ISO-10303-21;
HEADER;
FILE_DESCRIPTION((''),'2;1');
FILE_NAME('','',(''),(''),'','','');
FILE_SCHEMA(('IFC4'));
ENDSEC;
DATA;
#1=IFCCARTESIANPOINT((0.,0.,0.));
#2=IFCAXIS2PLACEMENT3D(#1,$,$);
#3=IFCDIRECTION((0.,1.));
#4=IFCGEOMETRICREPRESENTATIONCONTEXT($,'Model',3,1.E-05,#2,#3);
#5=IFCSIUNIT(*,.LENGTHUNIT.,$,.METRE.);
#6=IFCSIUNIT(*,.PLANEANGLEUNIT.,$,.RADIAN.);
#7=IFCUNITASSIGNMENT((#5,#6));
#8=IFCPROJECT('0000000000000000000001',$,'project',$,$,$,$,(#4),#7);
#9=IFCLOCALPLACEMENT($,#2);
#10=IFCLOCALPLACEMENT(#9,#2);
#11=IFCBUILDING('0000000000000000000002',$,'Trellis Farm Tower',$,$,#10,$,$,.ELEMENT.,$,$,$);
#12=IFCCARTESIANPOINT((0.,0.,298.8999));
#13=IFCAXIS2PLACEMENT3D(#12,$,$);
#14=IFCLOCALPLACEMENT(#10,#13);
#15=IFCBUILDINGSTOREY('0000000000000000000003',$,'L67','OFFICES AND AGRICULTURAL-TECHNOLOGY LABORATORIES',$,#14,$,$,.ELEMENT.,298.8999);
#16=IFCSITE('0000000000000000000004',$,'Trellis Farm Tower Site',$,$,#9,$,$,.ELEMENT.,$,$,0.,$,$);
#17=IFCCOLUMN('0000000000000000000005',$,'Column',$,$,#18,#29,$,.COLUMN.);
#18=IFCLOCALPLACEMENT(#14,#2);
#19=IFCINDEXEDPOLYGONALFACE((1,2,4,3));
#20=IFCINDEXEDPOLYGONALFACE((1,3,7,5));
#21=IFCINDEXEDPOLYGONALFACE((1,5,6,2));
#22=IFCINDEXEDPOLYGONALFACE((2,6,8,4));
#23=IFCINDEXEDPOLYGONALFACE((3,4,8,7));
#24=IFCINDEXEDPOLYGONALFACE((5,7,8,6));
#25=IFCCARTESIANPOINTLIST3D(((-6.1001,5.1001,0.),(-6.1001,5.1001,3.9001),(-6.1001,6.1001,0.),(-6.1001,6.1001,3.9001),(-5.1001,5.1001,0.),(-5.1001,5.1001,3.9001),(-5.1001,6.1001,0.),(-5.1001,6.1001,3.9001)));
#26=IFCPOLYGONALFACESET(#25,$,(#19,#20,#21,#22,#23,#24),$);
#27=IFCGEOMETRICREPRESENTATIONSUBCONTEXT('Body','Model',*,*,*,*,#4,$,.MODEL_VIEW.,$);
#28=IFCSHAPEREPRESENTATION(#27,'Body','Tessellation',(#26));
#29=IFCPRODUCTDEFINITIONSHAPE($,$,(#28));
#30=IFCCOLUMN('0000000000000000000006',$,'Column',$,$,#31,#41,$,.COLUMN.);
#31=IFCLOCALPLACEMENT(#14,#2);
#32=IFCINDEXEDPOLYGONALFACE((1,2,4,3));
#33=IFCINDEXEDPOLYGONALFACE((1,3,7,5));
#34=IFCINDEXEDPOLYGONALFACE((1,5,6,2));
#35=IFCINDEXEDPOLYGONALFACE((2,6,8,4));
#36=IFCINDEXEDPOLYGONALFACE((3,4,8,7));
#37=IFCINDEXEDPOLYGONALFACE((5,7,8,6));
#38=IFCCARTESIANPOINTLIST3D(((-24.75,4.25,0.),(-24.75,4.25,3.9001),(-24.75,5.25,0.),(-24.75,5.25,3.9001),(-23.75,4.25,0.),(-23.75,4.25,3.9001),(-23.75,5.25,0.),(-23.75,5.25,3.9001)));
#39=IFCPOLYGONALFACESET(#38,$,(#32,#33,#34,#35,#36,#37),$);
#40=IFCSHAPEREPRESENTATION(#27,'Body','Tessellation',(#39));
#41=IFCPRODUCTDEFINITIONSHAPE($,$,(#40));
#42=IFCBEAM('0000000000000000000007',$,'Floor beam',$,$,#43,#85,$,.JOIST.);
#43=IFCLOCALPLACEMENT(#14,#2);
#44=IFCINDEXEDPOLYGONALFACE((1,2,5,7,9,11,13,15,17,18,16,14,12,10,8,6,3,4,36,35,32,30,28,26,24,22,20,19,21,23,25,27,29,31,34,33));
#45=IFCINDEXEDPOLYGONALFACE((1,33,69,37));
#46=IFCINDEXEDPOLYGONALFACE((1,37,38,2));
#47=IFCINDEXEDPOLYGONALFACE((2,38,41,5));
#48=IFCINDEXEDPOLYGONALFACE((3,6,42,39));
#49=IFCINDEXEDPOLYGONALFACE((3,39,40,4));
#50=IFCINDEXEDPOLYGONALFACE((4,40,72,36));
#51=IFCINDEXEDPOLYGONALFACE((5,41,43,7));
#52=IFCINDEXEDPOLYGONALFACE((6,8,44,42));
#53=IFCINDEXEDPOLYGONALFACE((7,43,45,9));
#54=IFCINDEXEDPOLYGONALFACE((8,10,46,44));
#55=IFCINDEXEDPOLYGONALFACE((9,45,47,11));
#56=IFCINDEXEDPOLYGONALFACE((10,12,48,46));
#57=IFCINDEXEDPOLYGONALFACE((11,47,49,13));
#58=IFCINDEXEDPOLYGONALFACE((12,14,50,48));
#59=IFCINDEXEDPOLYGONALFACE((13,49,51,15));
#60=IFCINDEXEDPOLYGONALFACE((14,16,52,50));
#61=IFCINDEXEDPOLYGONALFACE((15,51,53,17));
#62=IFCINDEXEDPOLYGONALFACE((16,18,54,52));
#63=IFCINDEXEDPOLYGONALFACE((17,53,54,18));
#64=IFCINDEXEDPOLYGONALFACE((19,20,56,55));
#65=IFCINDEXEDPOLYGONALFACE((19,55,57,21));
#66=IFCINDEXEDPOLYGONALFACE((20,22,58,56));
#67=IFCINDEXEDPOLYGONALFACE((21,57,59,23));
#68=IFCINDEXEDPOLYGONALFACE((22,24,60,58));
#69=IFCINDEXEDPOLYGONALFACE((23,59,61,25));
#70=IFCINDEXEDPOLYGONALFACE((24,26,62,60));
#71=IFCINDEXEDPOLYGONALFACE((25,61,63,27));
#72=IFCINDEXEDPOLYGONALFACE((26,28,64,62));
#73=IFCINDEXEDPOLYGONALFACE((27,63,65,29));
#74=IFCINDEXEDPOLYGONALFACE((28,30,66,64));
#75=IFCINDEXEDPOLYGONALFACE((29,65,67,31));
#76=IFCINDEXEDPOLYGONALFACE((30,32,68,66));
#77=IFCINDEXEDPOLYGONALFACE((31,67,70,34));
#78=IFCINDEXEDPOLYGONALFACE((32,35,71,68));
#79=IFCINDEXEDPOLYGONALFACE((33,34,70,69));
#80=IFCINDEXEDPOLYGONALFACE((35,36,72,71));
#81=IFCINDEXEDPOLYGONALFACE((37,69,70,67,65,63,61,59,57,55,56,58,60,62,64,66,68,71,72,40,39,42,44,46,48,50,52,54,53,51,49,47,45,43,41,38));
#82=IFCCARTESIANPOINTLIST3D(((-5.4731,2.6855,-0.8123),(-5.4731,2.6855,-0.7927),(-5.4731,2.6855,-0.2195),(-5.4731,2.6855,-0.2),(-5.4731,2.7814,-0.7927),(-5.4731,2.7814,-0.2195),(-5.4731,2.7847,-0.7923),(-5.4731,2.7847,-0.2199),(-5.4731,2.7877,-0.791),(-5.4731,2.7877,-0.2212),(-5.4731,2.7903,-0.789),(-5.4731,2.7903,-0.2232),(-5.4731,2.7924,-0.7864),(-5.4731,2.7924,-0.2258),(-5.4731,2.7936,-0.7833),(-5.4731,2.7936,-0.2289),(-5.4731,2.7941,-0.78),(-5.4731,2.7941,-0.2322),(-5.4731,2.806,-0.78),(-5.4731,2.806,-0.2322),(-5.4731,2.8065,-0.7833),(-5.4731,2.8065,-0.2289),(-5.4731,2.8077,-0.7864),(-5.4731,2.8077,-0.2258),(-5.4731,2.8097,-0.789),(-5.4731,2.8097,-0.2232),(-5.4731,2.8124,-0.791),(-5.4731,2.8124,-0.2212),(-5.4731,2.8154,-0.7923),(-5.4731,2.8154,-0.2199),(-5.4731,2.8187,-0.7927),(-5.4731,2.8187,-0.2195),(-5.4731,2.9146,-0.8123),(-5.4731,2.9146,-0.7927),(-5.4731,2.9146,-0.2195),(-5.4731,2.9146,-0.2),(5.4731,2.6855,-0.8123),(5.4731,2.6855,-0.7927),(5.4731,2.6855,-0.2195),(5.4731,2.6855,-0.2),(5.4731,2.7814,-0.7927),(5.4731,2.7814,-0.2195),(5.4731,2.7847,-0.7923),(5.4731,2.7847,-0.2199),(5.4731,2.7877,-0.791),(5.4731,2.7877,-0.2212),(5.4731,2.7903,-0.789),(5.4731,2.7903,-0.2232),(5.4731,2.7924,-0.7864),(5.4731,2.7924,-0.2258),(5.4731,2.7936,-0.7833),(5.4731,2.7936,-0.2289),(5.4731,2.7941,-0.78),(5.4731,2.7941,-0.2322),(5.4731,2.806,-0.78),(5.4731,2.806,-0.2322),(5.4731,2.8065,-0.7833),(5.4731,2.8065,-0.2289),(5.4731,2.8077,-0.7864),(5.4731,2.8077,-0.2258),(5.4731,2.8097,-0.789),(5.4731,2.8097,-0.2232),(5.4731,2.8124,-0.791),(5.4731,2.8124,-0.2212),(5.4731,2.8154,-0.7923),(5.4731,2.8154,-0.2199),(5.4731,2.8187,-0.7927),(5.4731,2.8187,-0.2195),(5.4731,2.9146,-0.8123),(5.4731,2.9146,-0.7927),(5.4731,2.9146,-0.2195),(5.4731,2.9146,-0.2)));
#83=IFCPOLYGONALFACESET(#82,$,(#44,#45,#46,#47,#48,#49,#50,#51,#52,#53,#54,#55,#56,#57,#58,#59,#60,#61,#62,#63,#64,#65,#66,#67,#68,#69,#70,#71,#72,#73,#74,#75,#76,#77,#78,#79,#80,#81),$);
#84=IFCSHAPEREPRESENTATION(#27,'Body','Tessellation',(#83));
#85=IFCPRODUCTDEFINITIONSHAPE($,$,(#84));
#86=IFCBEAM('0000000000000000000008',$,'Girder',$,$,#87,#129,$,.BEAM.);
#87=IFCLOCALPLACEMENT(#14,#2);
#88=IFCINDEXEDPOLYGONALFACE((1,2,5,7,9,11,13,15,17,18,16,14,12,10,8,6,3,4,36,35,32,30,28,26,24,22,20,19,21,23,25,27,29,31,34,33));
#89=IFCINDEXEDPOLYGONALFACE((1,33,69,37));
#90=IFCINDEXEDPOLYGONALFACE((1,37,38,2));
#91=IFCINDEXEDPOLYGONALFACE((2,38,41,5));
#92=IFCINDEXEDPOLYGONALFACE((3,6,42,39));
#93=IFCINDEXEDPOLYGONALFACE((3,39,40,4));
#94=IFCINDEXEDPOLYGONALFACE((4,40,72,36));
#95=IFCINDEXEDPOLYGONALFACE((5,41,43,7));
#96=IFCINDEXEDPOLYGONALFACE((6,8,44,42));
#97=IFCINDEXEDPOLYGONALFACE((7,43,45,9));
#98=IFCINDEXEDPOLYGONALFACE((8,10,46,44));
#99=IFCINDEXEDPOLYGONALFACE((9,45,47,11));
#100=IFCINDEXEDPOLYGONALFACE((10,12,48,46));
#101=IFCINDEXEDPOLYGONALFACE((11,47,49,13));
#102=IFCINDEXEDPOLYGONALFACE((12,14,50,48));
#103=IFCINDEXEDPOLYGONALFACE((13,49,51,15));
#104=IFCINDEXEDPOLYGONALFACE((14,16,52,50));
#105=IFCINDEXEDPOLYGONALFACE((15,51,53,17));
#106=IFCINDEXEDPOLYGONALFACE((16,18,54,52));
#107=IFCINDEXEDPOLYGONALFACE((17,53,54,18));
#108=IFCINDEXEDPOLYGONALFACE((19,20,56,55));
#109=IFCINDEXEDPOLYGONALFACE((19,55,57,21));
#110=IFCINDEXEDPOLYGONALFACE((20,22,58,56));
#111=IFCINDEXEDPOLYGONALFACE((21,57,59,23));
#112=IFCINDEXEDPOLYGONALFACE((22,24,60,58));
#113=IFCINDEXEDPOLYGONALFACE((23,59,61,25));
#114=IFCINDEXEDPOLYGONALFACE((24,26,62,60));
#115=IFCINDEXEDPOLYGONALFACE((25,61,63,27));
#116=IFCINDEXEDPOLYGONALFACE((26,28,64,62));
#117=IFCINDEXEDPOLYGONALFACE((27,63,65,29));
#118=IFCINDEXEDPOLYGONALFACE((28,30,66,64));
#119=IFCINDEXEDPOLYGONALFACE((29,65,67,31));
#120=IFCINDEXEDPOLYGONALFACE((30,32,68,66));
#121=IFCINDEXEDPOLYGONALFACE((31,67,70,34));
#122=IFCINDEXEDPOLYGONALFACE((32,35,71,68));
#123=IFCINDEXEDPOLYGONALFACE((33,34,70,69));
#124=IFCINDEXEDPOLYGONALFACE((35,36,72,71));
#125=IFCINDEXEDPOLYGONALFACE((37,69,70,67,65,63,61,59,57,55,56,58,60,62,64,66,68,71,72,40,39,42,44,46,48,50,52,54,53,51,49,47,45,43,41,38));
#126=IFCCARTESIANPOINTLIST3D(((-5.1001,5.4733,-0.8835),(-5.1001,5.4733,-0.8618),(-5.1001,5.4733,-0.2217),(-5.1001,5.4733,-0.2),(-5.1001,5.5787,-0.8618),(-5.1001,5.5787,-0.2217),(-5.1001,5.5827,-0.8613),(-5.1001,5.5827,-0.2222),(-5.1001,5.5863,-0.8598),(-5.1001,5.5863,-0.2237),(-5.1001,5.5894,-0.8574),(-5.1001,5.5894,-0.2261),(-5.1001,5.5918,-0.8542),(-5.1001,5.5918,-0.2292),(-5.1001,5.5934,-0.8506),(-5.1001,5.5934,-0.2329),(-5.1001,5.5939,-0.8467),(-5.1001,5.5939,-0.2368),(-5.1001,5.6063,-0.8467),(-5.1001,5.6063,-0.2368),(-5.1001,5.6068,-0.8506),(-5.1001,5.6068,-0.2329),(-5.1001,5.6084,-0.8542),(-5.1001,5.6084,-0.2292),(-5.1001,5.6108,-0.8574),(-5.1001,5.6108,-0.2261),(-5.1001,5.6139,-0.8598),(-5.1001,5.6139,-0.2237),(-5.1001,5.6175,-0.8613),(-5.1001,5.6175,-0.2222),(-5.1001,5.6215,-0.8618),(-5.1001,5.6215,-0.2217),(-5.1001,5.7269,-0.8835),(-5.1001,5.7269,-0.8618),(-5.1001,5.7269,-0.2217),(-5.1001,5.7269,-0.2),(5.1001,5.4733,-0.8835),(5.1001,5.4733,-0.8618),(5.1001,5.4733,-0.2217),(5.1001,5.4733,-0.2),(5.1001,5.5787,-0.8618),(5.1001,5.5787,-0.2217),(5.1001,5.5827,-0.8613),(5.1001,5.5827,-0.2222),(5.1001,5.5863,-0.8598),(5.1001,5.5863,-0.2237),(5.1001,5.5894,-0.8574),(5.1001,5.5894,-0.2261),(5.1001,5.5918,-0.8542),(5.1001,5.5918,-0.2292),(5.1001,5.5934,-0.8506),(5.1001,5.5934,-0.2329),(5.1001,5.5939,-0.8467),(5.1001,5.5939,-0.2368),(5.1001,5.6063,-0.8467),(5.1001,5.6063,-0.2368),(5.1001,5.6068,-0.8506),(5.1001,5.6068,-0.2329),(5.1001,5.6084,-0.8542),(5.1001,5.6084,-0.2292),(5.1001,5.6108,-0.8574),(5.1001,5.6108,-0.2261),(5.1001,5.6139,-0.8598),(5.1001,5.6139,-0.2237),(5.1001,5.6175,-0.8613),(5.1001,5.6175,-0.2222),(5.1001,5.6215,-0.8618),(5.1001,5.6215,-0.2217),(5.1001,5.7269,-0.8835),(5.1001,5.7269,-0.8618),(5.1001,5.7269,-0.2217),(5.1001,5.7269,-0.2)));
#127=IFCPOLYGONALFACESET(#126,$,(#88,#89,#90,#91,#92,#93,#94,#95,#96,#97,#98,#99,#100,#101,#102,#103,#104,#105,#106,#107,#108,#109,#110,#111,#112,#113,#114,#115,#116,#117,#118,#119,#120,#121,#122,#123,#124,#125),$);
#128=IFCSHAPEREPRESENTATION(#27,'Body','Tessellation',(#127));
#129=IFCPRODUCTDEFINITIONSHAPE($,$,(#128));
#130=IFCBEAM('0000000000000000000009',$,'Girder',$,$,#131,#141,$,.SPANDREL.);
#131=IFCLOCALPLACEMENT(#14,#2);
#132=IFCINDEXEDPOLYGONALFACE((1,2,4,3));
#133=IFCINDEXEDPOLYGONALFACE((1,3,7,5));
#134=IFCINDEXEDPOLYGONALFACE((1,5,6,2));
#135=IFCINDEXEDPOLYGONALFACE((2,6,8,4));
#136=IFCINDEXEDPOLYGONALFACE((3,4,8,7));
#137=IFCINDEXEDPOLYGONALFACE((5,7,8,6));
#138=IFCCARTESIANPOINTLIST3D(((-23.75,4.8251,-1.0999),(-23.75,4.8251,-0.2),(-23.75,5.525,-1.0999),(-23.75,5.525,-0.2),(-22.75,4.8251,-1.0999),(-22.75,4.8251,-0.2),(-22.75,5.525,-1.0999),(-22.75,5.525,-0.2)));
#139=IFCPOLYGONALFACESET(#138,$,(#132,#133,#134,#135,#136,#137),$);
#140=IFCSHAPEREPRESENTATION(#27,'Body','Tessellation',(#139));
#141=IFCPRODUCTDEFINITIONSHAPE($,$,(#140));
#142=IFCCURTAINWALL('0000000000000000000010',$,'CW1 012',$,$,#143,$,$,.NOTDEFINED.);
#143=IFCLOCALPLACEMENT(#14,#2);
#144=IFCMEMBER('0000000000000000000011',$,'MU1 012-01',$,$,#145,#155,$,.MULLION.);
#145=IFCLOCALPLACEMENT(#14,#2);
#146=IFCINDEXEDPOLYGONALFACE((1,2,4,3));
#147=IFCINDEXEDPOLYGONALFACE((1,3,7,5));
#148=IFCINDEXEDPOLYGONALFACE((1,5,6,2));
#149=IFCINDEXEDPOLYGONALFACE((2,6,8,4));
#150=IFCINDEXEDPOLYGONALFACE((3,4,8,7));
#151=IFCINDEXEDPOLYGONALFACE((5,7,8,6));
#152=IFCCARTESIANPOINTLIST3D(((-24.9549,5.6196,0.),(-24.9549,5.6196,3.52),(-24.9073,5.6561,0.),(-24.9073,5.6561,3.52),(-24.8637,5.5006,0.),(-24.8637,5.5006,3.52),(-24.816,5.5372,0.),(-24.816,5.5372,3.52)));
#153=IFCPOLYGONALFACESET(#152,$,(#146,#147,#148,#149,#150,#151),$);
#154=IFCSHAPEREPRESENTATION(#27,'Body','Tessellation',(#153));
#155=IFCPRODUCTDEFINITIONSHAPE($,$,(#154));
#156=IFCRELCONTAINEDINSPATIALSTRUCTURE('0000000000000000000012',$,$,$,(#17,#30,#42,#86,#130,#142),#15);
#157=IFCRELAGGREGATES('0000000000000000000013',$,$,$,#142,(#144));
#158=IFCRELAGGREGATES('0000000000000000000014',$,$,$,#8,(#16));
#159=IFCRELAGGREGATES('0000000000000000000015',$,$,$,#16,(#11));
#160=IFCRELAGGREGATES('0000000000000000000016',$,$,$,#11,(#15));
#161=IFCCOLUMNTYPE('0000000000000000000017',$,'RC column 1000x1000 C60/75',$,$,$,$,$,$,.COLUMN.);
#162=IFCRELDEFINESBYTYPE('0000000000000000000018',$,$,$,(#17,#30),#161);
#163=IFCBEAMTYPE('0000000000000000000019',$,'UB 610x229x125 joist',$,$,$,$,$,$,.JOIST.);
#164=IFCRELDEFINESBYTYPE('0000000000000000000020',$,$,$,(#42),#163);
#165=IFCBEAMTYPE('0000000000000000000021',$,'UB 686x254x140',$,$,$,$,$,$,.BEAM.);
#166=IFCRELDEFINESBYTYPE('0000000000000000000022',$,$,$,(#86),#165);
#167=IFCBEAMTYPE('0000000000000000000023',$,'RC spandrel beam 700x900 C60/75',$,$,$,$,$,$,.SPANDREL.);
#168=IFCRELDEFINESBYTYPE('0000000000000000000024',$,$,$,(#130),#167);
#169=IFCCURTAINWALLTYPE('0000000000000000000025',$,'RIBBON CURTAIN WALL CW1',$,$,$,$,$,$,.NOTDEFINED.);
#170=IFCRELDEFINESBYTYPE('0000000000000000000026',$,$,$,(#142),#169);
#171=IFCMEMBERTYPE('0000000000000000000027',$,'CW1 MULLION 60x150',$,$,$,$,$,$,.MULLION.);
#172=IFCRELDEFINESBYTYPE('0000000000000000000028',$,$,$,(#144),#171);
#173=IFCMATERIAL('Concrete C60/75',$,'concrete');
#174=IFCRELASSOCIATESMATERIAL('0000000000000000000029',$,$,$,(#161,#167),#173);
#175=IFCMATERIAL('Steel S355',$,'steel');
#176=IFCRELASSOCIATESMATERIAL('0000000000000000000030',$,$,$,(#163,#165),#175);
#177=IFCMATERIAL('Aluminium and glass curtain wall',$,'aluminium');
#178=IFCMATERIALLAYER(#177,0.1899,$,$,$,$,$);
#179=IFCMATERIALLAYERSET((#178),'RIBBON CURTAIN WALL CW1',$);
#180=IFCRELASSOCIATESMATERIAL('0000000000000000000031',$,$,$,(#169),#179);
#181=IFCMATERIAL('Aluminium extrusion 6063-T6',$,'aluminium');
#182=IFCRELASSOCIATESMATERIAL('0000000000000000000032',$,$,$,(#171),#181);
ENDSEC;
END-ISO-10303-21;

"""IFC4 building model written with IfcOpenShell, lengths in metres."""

from ifc_helpers import new_model, si_unit, direction, frame, origin, origin_2d, place, context, subcontext, project, spatial, rectangle, i_section, extrude, source, transform, mapped, material, layer, layer_set, material_profile, profile_set, type_object, element, aggregate, save


model = new_model("IFC4")

# Units and contexts
model_context = context("Model", 3, precision=1e-05, world=origin(), true_north=direction((0.0, 1.0)))
body_context = subcontext(model_context, "Body", "Model", "MODEL_VIEW")
ifc_project = project(units=[si_unit("LENGTHUNIT", "METRE"), si_unit("PLANEANGLEUNIT", "RADIAN")], contexts=[model_context])

# Site, building, storey
site_placement = place(None, origin())
site = spatial("IfcSite", under=ifc_project, at=site_placement, Name="Trellis Farm Tower Site", CompositionType="ELEMENT", RefElevation=0.0)
building_placement = place(site_placement, origin())
building = spatial("IfcBuilding", under=site, at=building_placement, Name="Trellis Farm Tower", CompositionType="ELEMENT")
storey_placement = place(building_placement, frame((0.0, 0.0, 298.8999)))
storey = spatial("IfcBuildingStorey", under=building, at=storey_placement, Name="L67", Description="OFFICES AND AGRICULTURAL-TECHNOLOGY LABORATORIES", CompositionType="ELEMENT", Elevation=298.8999)

# Columns
ifc_material_1 = material(Name="Concrete C60/75", Category="concrete")
ifc_material_profile_1 = material_profile(ifc_material_1, rectangle(XDim=1.0, YDim=1.0, at=origin_2d()), Name="RC column 1000x1000 C60/75")
ifc_profile_set_1 = profile_set([ifc_material_profile_1], Name="Concrete C60/75")
column_type = type_object("IfcColumnType", Name="RC column 1000x1000 C60/75", PredefinedType="COLUMN", material=ifc_profile_set_1)
shared_shape_1 = source(origin(), body_context, "Body", "SweptSolid", [
    extrude(rectangle(XDim=1.0, YDim=1.0, at=origin_2d()), origin(), (0.0, 0.0, 1.0), 3.9001),
])
for number, where, z_axis, x_axis, name in (
    (1, (-5.6001, 5.6001, 0.0), (0.0, 0.0, 1.0), (1.0, 0.0, 0.0), "Column"),
    (2, (-24.25, 4.75, 0.0), (0.0, 0.0, 1.0), (1.0, 0.0, 0.0), "Column"),
):
    element("IfcColumn", number, at=place(storey_placement, frame(where, z_axis=z_axis, x_axis=x_axis)), inside=storey, type_object=column_type, Name=name, PredefinedType="COLUMN", context=body_context, shape_type="MappedRepresentation", body=[
        mapped(shared_shape_1, transform((0.0, 0.0, 0.0))),
    ])

# Beams
ifc_material_2 = material(Name="Steel S355", Category="steel")
ifc_material_profile_2 = material_profile(ifc_material_2, i_section(OverallWidth=0.229, OverallDepth=0.6123, WebThickness=0.012, FlangeThickness=0.0195, FilletRadius=0.0127, at=origin_2d()), Name="UB 610x229x125")
ifc_profile_set_2 = profile_set([ifc_material_profile_2], Name="Steel S355")
beam_type_1 = type_object("IfcBeamType", Name="UB 610x229x125 joist", PredefinedType="JOIST", material=ifc_profile_set_2)
shared_shape_2 = source(origin(), body_context, "Body", "SweptSolid", [
    extrude(i_section(OverallWidth=0.229, OverallDepth=0.6123, WebThickness=0.012, FlangeThickness=0.0195, FilletRadius=0.0127, at=origin_2d()), origin(), (0.0, 0.0, 1.0), 10.9463),
])
beam_1_placement = place(storey_placement, frame((-5.4731, 2.8, -0.5061), z_axis=(1.0, 0.0, 0.0), x_axis=(0.0, 1.0, 0.0)))
element("IfcBeam", 3, at=beam_1_placement, inside=storey, type_object=beam_type_1, Name="Floor beam", PredefinedType="JOIST", context=body_context, shape_type="MappedRepresentation", body=[
    mapped(shared_shape_2, transform((0.0, 0.0, 0.0))),
])
ifc_material_profile_3 = material_profile(ifc_material_2, i_section(OverallWidth=0.2537, OverallDepth=0.6836, WebThickness=0.0125, FlangeThickness=0.0217, FilletRadius=0.0151, at=origin_2d()), Name="UB 686x254x140")
ifc_profile_set_3 = profile_set([ifc_material_profile_3], Name="Steel S355")
beam_type_2 = type_object("IfcBeamType", Name="UB 686x254x140", PredefinedType="BEAM", material=ifc_profile_set_3)
shared_shape_3 = source(origin(), body_context, "Body", "SweptSolid", [
    extrude(i_section(OverallWidth=0.2537, OverallDepth=0.6836, WebThickness=0.0125, FlangeThickness=0.0217, FilletRadius=0.0151, at=origin_2d()), origin(), (0.0, 0.0, 1.0), 10.2002),
])
beam_2_placement = place(storey_placement, frame((-5.1001, 5.6001, -0.5417), z_axis=(1.0, 0.0, 0.0), x_axis=(0.0, 1.0, 0.0)))
element("IfcBeam", 4, at=beam_2_placement, inside=storey, type_object=beam_type_2, Name="Girder", PredefinedType="BEAM", context=body_context, shape_type="MappedRepresentation", body=[
    mapped(shared_shape_3, transform((0.0, 0.0, 0.0))),
])
ifc_material_profile_4 = material_profile(ifc_material_1, rectangle(XDim=0.7, YDim=0.8999, at=origin_2d()), Name="RC spandrel beam 700x900 C60/75")
ifc_profile_set_4 = profile_set([ifc_material_profile_4], Name="Concrete C60/75")
beam_type_3 = type_object("IfcBeamType", Name="RC spandrel beam 700x900 C60/75", PredefinedType="SPANDREL", material=ifc_profile_set_4)
shared_shape_4 = source(origin(), body_context, "Body", "SweptSolid", [
    extrude(rectangle(XDim=0.7, YDim=0.8999, at=origin_2d()), origin(), (0.0, 0.0, 1.0), 1.0),
])
beam_3_placement = place(storey_placement, frame((-23.75, 5.175, -0.6499), z_axis=(1.0, 0.0, 0.0), x_axis=(0.0, 1.0, 0.0)))
element("IfcBeam", 5, at=beam_3_placement, inside=storey, type_object=beam_type_3, Name="Girder", PredefinedType="SPANDREL", context=body_context, shape_type="MappedRepresentation", body=[
    mapped(shared_shape_4, transform((0.0, 0.0, 0.0))),
])

# Curtain wall, member
ifc_material_3 = material(Name="Aluminium and glass curtain wall", Category="aluminium")
ifc_layer_1 = layer(ifc_material_3, 0.1899)
ifc_layer_set_1 = layer_set([ifc_layer_1], Name="RIBBON CURTAIN WALL CW1")
curtain_wall_type = type_object("IfcCurtainWallType", Name="RIBBON CURTAIN WALL CW1", PredefinedType="NOTDEFINED", material=ifc_layer_set_1)
placement = place(storey_placement, origin())
curtain_wall = element("IfcCurtainWall", 6, at=placement, inside=storey, type_object=curtain_wall_type, Name="CW1 012", PredefinedType="NOTDEFINED")
ifc_material_4 = material(Name="Aluminium extrusion 6063-T6", Category="aluminium")
ifc_material_profile_5 = material_profile(ifc_material_4, rectangle(XDim=0.0601, YDim=0.1499, at=origin_2d()), Name="MULLION 60x150")
ifc_profile_set_5 = profile_set([ifc_material_profile_5], Name="Aluminium extrusion 6063-T6")
member_type = type_object("IfcMemberType", Name="CW1 MULLION 60x150", PredefinedType="MULLION", material=ifc_profile_set_5)
shared_shape_5 = source(origin(), body_context, "Body", "SweptSolid", [
    extrude(rectangle(XDim=0.0601, YDim=0.1499, at=origin_2d()), origin(), (0.0, 0.0, 1.0), 3.52),
])
member_placement = place(storey_placement, frame((-24.8855, 5.5784, 0.0), z_axis=(0.0, 0.0, 1.0), x_axis=(-0.793353, -0.608761, 0.0)))
member = element("IfcMember", 7, at=member_placement, type_object=member_type, Name="MU1 012-01", PredefinedType="MULLION", context=body_context, shape_type="MappedRepresentation", body=[
    mapped(shared_shape_5, transform((0.0, 0.0, 0.0))),
])
aggregate(curtain_wall, [member])

save(model, "model.ifc")
